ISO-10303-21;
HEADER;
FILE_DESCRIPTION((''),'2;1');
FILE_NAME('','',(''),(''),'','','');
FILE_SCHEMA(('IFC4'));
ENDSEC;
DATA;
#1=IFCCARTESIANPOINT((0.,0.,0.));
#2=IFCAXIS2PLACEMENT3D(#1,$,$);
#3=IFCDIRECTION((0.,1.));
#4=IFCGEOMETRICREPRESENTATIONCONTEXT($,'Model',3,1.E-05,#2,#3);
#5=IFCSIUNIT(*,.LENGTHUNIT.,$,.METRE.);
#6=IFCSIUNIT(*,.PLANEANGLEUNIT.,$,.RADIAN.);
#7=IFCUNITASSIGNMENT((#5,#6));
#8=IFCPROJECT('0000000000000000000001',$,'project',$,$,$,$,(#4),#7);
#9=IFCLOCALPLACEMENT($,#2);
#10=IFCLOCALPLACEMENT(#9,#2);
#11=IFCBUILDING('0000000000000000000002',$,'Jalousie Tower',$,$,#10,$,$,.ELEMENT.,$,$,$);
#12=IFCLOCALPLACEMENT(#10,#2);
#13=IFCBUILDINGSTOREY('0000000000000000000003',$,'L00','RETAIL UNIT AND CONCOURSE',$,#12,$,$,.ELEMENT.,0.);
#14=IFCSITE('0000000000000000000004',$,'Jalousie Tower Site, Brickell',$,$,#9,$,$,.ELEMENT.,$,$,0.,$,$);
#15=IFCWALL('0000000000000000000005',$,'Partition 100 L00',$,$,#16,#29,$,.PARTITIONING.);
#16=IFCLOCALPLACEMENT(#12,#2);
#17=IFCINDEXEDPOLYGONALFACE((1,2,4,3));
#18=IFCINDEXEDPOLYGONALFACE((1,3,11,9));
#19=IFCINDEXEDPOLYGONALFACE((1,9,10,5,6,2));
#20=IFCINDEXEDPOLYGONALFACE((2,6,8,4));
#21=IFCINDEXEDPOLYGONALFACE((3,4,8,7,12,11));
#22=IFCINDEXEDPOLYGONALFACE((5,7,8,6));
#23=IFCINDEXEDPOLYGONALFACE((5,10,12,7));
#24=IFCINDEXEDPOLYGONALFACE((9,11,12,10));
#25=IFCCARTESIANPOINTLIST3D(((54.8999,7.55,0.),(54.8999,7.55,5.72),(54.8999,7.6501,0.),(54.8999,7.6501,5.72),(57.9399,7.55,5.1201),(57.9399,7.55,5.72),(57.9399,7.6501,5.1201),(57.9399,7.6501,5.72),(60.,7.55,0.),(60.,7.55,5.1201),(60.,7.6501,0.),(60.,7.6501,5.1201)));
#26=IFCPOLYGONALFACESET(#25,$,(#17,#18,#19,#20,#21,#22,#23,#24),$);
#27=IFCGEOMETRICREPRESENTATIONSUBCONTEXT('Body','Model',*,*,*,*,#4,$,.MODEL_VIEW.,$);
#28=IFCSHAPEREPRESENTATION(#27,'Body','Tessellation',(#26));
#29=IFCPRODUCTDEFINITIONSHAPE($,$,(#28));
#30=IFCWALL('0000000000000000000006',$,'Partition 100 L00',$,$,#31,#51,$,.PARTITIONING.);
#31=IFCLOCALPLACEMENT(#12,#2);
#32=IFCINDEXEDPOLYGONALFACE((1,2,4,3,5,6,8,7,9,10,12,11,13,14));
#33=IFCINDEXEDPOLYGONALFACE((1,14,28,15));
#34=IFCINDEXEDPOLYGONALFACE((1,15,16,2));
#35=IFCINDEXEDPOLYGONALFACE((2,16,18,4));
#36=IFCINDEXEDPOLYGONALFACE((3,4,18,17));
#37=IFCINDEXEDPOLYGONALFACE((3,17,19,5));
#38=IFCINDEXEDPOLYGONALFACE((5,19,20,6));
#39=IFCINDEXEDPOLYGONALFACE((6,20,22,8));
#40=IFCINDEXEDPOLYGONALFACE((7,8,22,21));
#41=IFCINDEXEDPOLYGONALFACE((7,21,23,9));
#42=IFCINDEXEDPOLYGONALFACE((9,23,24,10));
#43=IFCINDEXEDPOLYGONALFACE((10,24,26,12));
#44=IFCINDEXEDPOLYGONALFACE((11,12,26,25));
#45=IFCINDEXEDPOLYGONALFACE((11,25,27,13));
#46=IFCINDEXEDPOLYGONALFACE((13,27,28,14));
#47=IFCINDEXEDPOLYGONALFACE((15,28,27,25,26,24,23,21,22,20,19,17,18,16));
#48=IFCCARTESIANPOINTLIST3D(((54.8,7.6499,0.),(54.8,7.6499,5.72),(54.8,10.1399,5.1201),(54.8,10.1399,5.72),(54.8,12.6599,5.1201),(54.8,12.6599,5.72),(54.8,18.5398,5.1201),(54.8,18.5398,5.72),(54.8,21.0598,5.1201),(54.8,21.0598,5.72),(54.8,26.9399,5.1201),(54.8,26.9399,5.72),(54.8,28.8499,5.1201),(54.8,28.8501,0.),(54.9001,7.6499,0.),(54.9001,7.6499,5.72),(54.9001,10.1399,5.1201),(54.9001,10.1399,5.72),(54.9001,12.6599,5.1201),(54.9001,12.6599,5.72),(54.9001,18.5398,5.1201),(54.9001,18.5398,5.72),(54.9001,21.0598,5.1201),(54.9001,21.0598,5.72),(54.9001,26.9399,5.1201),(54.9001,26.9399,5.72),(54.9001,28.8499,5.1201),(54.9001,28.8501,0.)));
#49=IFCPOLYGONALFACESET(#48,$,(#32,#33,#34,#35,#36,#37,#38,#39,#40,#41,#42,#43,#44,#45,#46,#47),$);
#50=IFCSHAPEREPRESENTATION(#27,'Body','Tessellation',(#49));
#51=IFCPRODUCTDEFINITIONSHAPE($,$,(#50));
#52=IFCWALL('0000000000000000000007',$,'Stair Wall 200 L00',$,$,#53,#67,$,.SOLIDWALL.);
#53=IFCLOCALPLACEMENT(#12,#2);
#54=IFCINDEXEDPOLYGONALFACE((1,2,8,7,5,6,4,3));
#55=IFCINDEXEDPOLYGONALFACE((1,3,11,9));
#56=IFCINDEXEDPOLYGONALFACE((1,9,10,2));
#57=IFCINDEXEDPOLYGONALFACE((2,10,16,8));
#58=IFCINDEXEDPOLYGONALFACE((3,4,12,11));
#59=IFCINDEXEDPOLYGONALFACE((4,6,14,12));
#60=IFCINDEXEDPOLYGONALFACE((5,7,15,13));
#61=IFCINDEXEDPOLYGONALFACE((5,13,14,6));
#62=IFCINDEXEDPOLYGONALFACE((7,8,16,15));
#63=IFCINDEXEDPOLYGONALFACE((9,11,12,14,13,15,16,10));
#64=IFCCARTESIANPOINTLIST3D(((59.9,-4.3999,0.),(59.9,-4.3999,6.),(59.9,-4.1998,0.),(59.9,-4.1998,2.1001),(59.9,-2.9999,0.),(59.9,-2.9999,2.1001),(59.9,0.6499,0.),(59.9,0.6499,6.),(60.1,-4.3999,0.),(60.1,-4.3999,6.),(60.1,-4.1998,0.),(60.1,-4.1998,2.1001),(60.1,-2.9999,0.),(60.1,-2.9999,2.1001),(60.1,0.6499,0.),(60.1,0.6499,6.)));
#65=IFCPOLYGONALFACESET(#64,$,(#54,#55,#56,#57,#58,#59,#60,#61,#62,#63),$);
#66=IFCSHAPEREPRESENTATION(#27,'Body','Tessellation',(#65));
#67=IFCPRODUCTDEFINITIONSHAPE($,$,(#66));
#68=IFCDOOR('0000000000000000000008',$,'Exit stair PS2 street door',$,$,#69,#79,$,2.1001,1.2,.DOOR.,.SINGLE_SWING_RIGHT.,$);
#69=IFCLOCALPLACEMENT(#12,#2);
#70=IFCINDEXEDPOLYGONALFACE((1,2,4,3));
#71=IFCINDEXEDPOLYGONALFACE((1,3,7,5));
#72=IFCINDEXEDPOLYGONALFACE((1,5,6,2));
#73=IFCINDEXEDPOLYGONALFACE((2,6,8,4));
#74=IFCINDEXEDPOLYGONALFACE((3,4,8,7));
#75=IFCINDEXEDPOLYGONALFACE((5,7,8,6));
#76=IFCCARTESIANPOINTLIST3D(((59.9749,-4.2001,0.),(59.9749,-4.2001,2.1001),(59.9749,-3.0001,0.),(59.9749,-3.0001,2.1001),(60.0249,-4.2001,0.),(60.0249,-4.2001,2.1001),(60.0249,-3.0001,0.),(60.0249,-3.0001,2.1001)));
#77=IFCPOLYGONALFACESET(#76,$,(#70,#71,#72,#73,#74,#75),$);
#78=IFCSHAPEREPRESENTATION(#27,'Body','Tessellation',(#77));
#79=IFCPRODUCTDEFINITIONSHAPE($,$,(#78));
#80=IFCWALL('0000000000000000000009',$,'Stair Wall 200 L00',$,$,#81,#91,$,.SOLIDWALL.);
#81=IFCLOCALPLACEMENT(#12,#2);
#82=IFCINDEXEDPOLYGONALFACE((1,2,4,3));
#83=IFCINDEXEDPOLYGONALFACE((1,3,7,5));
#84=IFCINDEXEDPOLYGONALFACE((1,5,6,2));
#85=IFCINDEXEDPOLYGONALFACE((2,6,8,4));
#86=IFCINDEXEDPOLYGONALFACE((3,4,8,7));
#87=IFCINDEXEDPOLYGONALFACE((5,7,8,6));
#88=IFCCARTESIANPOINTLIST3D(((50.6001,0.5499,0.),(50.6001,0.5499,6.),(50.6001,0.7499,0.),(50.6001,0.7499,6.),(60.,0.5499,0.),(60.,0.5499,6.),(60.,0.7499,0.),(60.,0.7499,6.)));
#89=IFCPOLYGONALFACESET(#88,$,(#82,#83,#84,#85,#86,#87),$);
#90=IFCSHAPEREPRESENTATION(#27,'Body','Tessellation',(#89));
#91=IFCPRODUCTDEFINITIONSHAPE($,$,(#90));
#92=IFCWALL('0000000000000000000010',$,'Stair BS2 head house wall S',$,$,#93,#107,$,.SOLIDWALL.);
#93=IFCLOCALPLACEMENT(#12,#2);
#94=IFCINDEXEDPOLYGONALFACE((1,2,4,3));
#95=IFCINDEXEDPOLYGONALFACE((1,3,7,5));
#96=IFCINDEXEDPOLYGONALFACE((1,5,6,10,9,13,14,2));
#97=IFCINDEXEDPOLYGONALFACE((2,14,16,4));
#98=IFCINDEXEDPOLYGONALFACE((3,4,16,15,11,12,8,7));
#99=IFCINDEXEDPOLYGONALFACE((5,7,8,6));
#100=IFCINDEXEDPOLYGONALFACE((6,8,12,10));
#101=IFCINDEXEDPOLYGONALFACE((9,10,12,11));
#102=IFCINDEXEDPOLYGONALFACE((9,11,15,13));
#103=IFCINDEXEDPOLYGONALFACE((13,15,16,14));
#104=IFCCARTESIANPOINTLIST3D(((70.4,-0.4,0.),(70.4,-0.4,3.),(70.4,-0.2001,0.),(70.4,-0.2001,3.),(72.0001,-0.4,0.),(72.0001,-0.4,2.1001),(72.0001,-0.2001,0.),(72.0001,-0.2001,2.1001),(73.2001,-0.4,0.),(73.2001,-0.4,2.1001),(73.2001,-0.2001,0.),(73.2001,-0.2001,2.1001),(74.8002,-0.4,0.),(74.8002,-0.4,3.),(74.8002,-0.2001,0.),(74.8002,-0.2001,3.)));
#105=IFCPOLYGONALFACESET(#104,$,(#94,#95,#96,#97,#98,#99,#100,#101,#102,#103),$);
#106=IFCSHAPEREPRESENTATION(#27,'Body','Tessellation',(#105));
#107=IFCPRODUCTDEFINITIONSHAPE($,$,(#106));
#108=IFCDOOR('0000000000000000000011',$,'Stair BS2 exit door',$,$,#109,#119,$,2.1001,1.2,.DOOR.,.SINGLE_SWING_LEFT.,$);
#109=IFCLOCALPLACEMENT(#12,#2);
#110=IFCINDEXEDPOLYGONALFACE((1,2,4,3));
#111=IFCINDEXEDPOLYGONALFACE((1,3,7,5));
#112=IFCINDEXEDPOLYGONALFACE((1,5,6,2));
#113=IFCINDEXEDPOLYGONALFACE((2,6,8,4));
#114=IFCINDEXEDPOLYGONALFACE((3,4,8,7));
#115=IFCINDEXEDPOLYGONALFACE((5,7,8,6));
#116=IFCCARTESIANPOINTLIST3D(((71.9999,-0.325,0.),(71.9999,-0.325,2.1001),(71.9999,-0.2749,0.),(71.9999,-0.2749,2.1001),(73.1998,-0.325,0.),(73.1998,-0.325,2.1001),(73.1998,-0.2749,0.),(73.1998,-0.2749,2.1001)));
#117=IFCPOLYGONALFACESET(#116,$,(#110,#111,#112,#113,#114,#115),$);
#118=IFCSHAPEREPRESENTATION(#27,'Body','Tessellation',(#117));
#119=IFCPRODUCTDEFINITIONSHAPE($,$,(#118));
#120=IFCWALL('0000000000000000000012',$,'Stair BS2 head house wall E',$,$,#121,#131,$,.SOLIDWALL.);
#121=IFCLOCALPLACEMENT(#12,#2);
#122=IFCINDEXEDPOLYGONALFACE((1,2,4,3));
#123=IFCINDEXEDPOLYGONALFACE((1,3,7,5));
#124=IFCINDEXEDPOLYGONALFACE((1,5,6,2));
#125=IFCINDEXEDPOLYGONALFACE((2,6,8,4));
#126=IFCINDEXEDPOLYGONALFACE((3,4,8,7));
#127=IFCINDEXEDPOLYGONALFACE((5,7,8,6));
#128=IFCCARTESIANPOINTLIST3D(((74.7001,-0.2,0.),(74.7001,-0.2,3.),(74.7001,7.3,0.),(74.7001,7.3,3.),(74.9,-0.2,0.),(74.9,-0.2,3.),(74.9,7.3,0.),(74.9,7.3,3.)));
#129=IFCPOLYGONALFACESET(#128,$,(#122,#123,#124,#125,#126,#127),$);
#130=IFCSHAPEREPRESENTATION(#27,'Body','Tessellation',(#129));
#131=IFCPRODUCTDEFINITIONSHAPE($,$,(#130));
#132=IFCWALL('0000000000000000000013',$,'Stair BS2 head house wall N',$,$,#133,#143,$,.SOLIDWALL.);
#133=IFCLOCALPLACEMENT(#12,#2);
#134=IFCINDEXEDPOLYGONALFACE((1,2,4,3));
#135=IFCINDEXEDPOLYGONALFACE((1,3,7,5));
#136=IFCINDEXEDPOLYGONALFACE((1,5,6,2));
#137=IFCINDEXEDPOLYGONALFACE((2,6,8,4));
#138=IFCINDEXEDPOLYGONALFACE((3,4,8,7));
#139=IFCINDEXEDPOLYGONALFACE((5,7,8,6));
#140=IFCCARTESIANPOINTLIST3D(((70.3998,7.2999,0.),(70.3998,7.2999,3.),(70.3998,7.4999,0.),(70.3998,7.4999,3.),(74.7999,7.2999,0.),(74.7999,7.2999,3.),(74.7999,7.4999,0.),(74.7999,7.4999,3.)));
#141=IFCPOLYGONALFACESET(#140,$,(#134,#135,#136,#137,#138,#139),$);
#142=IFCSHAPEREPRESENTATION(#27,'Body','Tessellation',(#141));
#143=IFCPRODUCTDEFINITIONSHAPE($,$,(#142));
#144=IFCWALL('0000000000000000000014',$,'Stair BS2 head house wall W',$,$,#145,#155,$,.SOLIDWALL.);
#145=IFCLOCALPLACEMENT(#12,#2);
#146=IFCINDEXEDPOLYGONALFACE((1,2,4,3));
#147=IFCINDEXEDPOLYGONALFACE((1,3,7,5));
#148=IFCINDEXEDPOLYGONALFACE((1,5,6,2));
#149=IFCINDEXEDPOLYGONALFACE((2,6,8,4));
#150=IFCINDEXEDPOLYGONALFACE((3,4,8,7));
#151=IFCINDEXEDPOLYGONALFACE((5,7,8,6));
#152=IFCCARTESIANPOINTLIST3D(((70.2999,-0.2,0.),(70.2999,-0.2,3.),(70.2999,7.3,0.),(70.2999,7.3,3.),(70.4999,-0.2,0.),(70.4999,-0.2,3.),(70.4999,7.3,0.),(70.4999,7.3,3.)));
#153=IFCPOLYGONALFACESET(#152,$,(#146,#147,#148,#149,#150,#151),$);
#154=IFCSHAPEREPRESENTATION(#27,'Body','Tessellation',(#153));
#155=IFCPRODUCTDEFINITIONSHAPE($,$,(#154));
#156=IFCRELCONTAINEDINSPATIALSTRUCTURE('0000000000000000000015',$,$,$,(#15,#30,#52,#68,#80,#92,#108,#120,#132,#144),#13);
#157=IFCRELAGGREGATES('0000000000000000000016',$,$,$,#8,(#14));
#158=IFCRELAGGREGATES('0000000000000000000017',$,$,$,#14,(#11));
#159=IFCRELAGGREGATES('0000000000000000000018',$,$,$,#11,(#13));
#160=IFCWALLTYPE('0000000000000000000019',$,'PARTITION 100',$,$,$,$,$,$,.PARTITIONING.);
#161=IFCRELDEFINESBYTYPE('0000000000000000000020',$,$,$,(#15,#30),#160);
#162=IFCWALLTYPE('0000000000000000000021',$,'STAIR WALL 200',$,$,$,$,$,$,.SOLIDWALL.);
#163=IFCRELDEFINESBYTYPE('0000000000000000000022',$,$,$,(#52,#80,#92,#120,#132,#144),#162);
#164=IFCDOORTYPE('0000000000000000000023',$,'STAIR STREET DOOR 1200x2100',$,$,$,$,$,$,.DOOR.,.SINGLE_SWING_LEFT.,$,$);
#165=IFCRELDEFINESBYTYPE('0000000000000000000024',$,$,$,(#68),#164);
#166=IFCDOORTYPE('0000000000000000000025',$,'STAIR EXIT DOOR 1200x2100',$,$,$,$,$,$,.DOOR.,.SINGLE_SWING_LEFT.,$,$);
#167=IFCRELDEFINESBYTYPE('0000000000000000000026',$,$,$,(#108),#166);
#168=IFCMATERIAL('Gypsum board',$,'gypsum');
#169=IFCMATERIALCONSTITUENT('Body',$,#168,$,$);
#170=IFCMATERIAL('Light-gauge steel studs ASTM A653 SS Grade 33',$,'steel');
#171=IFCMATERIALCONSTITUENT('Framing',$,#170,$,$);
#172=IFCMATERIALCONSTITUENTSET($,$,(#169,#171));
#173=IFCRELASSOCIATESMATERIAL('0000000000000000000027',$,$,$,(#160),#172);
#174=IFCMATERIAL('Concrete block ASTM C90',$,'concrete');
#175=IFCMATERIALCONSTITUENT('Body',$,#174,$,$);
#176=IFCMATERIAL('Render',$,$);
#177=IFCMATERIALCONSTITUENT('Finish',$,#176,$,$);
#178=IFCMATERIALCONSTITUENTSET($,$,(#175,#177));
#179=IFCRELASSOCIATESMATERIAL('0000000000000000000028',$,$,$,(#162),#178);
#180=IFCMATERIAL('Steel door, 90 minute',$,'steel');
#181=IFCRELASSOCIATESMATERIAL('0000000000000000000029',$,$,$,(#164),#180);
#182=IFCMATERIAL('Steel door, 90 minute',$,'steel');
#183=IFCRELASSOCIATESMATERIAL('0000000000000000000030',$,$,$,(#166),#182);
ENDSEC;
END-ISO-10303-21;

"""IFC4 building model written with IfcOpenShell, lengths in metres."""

from ifc_helpers import new_model, si_unit, direction, frame, frame_2d, origin, place, context, subcontext, project, spatial, polyline, rectangle, outline, extrude, material, constituent, constituent_set, type_object, element, fill, save


model = new_model("IFC4")

# Units and contexts
model_context = context("Model", 3, precision=1e-05, world=origin(), true_north=direction((0.0, 1.0)))
body_context = subcontext(model_context, "Body", "Model", "MODEL_VIEW")
ifc_project = project(units=[si_unit("LENGTHUNIT", "METRE"), si_unit("PLANEANGLEUNIT", "RADIAN")], contexts=[model_context])

# Site, building, storey
site_placement = place(None, origin())
site = spatial("IfcSite", under=ifc_project, at=site_placement, Name="Jalousie Tower Site, Brickell", CompositionType="ELEMENT", RefElevation=0.0)
building_placement = place(site_placement, origin())
building = spatial("IfcBuilding", under=site, at=building_placement, Name="Jalousie Tower", CompositionType="ELEMENT")
storey_placement = place(building_placement, origin())
storey = spatial("IfcBuildingStorey", under=building, at=storey_placement, Name="L00", Description="RETAIL UNIT AND CONCOURSE", CompositionType="ELEMENT", Elevation=0.0)

# Walls
ifc_material_1 = material(Name="Gypsum board", Category="gypsum")
ifc_constituent_1 = constituent(ifc_material_1, Name="Body")
ifc_material_2 = material(Name="Light-gauge steel studs ASTM A653 SS Grade 33", Category="steel")
ifc_constituent_2 = constituent(ifc_material_2, Name="Framing")
ifc_constituent_set_1 = constituent_set(constituents=[ifc_constituent_1, ifc_constituent_2])
wall_type_1 = type_object("IfcWallType", Name="PARTITION 100", PredefinedType="PARTITIONING", material=ifc_constituent_set_1)
wall_1_placement = place(storey_placement, frame((54.8999, 7.6001, 0.0), z_axis=(0.0, 0.0, 1.0), x_axis=(1.0, 0.0, 0.0)))
element("IfcWall", 1, at=wall_1_placement, inside=storey, type_object=wall_type_1, Name="Partition 100 L00", PredefinedType="PARTITIONING", context=body_context, shape_type="SweptSolid", body=[
    extrude(outline(polyline([(0.0, 0.0), (5.1001, 0.0), (5.1001, 5.72), (5.1001, 5.1201), (3.04, 5.1201), (3.04, 5.72), (0.0, 5.72), (0.0, 0.0)])), frame((0.0, 0.05, 0.0), z_axis=(0.0, -1.0, 0.0), x_axis=(1.0, 0.0, 0.0)), (0.0, 0.0, 1.0), 0.1001),
])
wall_2_placement = place(storey_placement, frame((54.8501, 7.6499, 0.0), z_axis=(0.0, 0.0, 1.0), x_axis=(0.0, 1.0, 0.0)))
element("IfcWall", 2, at=wall_2_placement, inside=storey, type_object=wall_type_1, Name="Partition 100 L00", PredefinedType="PARTITIONING", context=body_context, shape_type="SweptSolid", body=[
    extrude(outline(polyline([(0.0, 0.0), (21.2002, 0.0), (21.2, 5.72), (21.2, 5.1201), (19.29, 5.1201), (19.29, 5.72), (13.4099, 5.72), (13.4099, 5.1201), (10.8899, 5.1201), (10.8899, 5.72), (5.01, 5.72), (5.01, 5.1201), (2.49, 5.1201), (2.49, 5.72), (0.0, 5.72), (0.0, 0.0)])), frame((0.0, 0.05, 0.0), z_axis=(0.0, -1.0, 0.0), x_axis=(1.0, 0.0, 0.0)), (0.0, 0.0, 1.0), 0.1001),
])

# Wall, opening, door
ifc_material_3 = material(Name="Concrete block ASTM C90", Category="concrete")
ifc_constituent_3 = constituent(ifc_material_3, Name="Body")
ifc_material_4 = material(Name="Render")
ifc_constituent_4 = constituent(ifc_material_4, Name="Finish")
ifc_constituent_set_2 = constituent_set(constituents=[ifc_constituent_3, ifc_constituent_4])
wall_type_2 = type_object("IfcWallType", Name="STAIR WALL 200", PredefinedType="SOLIDWALL", material=ifc_constituent_set_2)
wall_3_placement = place(storey_placement, frame((60.0, -4.3999, 0.0), z_axis=(0.0, 0.0, 1.0), x_axis=(0.0, 1.0, 0.0)))
wall_3 = element("IfcWall", 3, at=wall_3_placement, inside=storey, type_object=wall_type_2, Name="Stair Wall 200 L00", PredefinedType="SOLIDWALL", context=body_context, shape_type="SweptSolid", body=[
    extrude(rectangle(XDim=5.0498, YDim=0.2, at=frame_2d((2.5249, 0.0))), origin(), (0.0, 0.0, 1.0), 6.0),
])
opening_1_placement = place(wall_3_placement, frame((0.2, 0.0, 0.0)))
opening_1 = element("IfcOpeningElement", 4, at=opening_1_placement, cuts=wall_3, PredefinedType="OPENING", context=body_context, shape_type="SweptSolid", body=[
    extrude(rectangle(XDim=1.2, YDim=2.1001, at=frame_2d((0.6001, 1.05))), frame((0.0, 0.1099, 0.0), z_axis=(0.0, -1.0, 0.0), x_axis=(1.0, 0.0, 0.0)), (0.0, 0.0, 1.0), 0.22),
])
ifc_material_5 = material(Name="Steel door, 90 minute", Category="steel")
door_type_1 = type_object("IfcDoorType", Name="STAIR STREET DOOR 1200x2100", OperationType="SINGLE_SWING_LEFT", PredefinedType="DOOR", material=ifc_material_5)
door_1_placement = place(opening_1_placement, frame((1.2, 0.0, 0.0), z_axis=(0.0, 0.0, 1.0), x_axis=(-1.0, 0.0, 0.0)))
door_1 = element("IfcDoor", 5, at=door_1_placement, inside=storey, type_object=door_type_1, Name="Exit stair PS2 street door", OperationType="SINGLE_SWING_RIGHT", OverallHeight=2.1001, OverallWidth=1.2, PredefinedType="DOOR", context=body_context, shape_type="SweptSolid", body=[
    extrude(rectangle(XDim=1.2, YDim=2.1001, at=frame_2d((0.6001, 1.05))), frame((0.0, 0.0249, 0.0), z_axis=(0.0, -1.0, 0.0), x_axis=(1.0, 0.0, 0.0)), (0.0, 0.0, 1.0), 0.05),
])
fill(opening_1, door_1)

# Wall
wall_4_placement = place(storey_placement, frame((50.6001, 0.6499, 0.0), z_axis=(0.0, 0.0, 1.0), x_axis=(1.0, 0.0, 0.0)))
element("IfcWall", 6, at=wall_4_placement, inside=storey, type_object=wall_type_2, Name="Stair Wall 200 L00", PredefinedType="SOLIDWALL", context=body_context, shape_type="SweptSolid", body=[
    extrude(rectangle(XDim=9.3999, YDim=0.2, at=frame_2d((4.7, 0.0))), origin(), (0.0, 0.0, 1.0), 6.0),
])

# Wall, opening, door
wall_5_placement = place(storey_placement, frame((70.3999, -0.3, 0.0), z_axis=(0.0, 0.0, 1.0), x_axis=(1.0, 0.0, 0.0)))
wall_5 = element("IfcWall", 7, at=wall_5_placement, inside=storey, type_object=wall_type_2, Name="Stair BS2 head house wall S", PredefinedType="SOLIDWALL", context=body_context, shape_type="SweptSolid", body=[
    extrude(rectangle(XDim=4.4001, YDim=0.2, at=frame_2d((2.2002, 0.0))), origin(), (0.0, 0.0, 1.0), 3.0),
])
opening_2_placement = place(wall_5_placement, frame((1.6001, 0.0, 0.0)))
opening_2 = element("IfcOpeningElement", 8, at=opening_2_placement, cuts=wall_5, PredefinedType="OPENING", context=body_context, shape_type="SweptSolid", body=[
    extrude(rectangle(XDim=1.2, YDim=2.1001, at=frame_2d((0.6001, 1.05))), frame((0.0, 0.1099, 0.0), z_axis=(0.0, -1.0, 0.0), x_axis=(1.0, 0.0, 0.0)), (0.0, 0.0, 1.0), 0.22),
])
ifc_material_6 = material(Name="Steel door, 90 minute", Category="steel")
door_type_2 = type_object("IfcDoorType", Name="STAIR EXIT DOOR 1200x2100", OperationType="SINGLE_SWING_LEFT", PredefinedType="DOOR", material=ifc_material_6)
door_2_placement = place(opening_2_placement, frame((1.2, 0.0, 0.0), z_axis=(0.0, 0.0, 1.0), x_axis=(-1.0, 0.0, 0.0)))
door_2 = element("IfcDoor", 9, at=door_2_placement, inside=storey, type_object=door_type_2, Name="Stair BS2 exit door", OperationType="SINGLE_SWING_LEFT", OverallHeight=2.1001, OverallWidth=1.2, PredefinedType="DOOR", context=body_context, shape_type="SweptSolid", body=[
    extrude(rectangle(XDim=1.2, YDim=2.1001, at=frame_2d((0.6001, 1.05))), frame((0.0, 0.0249, 0.0), z_axis=(0.0, -1.0, 0.0), x_axis=(1.0, 0.0, 0.0)), (0.0, 0.0, 1.0), 0.05),
])
fill(opening_2, door_2)

# Walls
wall_6_placement = place(storey_placement, frame((74.8, -0.2, 0.0), z_axis=(0.0, 0.0, 1.0), x_axis=(0.0, 1.0, 0.0)))
element("IfcWall", 10, at=wall_6_placement, inside=storey, type_object=wall_type_2, Name="Stair BS2 head house wall E", PredefinedType="SOLIDWALL", context=body_context, shape_type="SweptSolid", body=[
    extrude(rectangle(XDim=7.5, YDim=0.2, at=frame_2d((3.75, 0.0))), origin(), (0.0, 0.0, 1.0), 3.0),
])
wall_7_placement = place(storey_placement, frame((74.8, 7.3999, 0.0), z_axis=(0.0, 0.0, 1.0), x_axis=(-1.0, 0.0, 0.0)))
element("IfcWall", 11, at=wall_7_placement, inside=storey, type_object=wall_type_2, Name="Stair BS2 head house wall N", PredefinedType="SOLIDWALL", context=body_context, shape_type="SweptSolid", body=[
    extrude(rectangle(XDim=4.4001, YDim=0.2, at=frame_2d((2.2002, 0.0))), origin(), (0.0, 0.0, 1.0), 3.0),
])
wall_8_placement = place(storey_placement, frame((70.3999, 7.3, 0.0), z_axis=(0.0, 0.0, 1.0), x_axis=(0.0, -1.0, 0.0)))
element("IfcWall", 12, at=wall_8_placement, inside=storey, type_object=wall_type_2, Name="Stair BS2 head house wall W", PredefinedType="SOLIDWALL", context=body_context, shape_type="SweptSolid", body=[
    extrude(rectangle(XDim=7.5, YDim=0.2, at=frame_2d((3.75, 0.0))), origin(), (0.0, 0.0, 1.0), 3.0),
])

save(model, "model.ifc")
